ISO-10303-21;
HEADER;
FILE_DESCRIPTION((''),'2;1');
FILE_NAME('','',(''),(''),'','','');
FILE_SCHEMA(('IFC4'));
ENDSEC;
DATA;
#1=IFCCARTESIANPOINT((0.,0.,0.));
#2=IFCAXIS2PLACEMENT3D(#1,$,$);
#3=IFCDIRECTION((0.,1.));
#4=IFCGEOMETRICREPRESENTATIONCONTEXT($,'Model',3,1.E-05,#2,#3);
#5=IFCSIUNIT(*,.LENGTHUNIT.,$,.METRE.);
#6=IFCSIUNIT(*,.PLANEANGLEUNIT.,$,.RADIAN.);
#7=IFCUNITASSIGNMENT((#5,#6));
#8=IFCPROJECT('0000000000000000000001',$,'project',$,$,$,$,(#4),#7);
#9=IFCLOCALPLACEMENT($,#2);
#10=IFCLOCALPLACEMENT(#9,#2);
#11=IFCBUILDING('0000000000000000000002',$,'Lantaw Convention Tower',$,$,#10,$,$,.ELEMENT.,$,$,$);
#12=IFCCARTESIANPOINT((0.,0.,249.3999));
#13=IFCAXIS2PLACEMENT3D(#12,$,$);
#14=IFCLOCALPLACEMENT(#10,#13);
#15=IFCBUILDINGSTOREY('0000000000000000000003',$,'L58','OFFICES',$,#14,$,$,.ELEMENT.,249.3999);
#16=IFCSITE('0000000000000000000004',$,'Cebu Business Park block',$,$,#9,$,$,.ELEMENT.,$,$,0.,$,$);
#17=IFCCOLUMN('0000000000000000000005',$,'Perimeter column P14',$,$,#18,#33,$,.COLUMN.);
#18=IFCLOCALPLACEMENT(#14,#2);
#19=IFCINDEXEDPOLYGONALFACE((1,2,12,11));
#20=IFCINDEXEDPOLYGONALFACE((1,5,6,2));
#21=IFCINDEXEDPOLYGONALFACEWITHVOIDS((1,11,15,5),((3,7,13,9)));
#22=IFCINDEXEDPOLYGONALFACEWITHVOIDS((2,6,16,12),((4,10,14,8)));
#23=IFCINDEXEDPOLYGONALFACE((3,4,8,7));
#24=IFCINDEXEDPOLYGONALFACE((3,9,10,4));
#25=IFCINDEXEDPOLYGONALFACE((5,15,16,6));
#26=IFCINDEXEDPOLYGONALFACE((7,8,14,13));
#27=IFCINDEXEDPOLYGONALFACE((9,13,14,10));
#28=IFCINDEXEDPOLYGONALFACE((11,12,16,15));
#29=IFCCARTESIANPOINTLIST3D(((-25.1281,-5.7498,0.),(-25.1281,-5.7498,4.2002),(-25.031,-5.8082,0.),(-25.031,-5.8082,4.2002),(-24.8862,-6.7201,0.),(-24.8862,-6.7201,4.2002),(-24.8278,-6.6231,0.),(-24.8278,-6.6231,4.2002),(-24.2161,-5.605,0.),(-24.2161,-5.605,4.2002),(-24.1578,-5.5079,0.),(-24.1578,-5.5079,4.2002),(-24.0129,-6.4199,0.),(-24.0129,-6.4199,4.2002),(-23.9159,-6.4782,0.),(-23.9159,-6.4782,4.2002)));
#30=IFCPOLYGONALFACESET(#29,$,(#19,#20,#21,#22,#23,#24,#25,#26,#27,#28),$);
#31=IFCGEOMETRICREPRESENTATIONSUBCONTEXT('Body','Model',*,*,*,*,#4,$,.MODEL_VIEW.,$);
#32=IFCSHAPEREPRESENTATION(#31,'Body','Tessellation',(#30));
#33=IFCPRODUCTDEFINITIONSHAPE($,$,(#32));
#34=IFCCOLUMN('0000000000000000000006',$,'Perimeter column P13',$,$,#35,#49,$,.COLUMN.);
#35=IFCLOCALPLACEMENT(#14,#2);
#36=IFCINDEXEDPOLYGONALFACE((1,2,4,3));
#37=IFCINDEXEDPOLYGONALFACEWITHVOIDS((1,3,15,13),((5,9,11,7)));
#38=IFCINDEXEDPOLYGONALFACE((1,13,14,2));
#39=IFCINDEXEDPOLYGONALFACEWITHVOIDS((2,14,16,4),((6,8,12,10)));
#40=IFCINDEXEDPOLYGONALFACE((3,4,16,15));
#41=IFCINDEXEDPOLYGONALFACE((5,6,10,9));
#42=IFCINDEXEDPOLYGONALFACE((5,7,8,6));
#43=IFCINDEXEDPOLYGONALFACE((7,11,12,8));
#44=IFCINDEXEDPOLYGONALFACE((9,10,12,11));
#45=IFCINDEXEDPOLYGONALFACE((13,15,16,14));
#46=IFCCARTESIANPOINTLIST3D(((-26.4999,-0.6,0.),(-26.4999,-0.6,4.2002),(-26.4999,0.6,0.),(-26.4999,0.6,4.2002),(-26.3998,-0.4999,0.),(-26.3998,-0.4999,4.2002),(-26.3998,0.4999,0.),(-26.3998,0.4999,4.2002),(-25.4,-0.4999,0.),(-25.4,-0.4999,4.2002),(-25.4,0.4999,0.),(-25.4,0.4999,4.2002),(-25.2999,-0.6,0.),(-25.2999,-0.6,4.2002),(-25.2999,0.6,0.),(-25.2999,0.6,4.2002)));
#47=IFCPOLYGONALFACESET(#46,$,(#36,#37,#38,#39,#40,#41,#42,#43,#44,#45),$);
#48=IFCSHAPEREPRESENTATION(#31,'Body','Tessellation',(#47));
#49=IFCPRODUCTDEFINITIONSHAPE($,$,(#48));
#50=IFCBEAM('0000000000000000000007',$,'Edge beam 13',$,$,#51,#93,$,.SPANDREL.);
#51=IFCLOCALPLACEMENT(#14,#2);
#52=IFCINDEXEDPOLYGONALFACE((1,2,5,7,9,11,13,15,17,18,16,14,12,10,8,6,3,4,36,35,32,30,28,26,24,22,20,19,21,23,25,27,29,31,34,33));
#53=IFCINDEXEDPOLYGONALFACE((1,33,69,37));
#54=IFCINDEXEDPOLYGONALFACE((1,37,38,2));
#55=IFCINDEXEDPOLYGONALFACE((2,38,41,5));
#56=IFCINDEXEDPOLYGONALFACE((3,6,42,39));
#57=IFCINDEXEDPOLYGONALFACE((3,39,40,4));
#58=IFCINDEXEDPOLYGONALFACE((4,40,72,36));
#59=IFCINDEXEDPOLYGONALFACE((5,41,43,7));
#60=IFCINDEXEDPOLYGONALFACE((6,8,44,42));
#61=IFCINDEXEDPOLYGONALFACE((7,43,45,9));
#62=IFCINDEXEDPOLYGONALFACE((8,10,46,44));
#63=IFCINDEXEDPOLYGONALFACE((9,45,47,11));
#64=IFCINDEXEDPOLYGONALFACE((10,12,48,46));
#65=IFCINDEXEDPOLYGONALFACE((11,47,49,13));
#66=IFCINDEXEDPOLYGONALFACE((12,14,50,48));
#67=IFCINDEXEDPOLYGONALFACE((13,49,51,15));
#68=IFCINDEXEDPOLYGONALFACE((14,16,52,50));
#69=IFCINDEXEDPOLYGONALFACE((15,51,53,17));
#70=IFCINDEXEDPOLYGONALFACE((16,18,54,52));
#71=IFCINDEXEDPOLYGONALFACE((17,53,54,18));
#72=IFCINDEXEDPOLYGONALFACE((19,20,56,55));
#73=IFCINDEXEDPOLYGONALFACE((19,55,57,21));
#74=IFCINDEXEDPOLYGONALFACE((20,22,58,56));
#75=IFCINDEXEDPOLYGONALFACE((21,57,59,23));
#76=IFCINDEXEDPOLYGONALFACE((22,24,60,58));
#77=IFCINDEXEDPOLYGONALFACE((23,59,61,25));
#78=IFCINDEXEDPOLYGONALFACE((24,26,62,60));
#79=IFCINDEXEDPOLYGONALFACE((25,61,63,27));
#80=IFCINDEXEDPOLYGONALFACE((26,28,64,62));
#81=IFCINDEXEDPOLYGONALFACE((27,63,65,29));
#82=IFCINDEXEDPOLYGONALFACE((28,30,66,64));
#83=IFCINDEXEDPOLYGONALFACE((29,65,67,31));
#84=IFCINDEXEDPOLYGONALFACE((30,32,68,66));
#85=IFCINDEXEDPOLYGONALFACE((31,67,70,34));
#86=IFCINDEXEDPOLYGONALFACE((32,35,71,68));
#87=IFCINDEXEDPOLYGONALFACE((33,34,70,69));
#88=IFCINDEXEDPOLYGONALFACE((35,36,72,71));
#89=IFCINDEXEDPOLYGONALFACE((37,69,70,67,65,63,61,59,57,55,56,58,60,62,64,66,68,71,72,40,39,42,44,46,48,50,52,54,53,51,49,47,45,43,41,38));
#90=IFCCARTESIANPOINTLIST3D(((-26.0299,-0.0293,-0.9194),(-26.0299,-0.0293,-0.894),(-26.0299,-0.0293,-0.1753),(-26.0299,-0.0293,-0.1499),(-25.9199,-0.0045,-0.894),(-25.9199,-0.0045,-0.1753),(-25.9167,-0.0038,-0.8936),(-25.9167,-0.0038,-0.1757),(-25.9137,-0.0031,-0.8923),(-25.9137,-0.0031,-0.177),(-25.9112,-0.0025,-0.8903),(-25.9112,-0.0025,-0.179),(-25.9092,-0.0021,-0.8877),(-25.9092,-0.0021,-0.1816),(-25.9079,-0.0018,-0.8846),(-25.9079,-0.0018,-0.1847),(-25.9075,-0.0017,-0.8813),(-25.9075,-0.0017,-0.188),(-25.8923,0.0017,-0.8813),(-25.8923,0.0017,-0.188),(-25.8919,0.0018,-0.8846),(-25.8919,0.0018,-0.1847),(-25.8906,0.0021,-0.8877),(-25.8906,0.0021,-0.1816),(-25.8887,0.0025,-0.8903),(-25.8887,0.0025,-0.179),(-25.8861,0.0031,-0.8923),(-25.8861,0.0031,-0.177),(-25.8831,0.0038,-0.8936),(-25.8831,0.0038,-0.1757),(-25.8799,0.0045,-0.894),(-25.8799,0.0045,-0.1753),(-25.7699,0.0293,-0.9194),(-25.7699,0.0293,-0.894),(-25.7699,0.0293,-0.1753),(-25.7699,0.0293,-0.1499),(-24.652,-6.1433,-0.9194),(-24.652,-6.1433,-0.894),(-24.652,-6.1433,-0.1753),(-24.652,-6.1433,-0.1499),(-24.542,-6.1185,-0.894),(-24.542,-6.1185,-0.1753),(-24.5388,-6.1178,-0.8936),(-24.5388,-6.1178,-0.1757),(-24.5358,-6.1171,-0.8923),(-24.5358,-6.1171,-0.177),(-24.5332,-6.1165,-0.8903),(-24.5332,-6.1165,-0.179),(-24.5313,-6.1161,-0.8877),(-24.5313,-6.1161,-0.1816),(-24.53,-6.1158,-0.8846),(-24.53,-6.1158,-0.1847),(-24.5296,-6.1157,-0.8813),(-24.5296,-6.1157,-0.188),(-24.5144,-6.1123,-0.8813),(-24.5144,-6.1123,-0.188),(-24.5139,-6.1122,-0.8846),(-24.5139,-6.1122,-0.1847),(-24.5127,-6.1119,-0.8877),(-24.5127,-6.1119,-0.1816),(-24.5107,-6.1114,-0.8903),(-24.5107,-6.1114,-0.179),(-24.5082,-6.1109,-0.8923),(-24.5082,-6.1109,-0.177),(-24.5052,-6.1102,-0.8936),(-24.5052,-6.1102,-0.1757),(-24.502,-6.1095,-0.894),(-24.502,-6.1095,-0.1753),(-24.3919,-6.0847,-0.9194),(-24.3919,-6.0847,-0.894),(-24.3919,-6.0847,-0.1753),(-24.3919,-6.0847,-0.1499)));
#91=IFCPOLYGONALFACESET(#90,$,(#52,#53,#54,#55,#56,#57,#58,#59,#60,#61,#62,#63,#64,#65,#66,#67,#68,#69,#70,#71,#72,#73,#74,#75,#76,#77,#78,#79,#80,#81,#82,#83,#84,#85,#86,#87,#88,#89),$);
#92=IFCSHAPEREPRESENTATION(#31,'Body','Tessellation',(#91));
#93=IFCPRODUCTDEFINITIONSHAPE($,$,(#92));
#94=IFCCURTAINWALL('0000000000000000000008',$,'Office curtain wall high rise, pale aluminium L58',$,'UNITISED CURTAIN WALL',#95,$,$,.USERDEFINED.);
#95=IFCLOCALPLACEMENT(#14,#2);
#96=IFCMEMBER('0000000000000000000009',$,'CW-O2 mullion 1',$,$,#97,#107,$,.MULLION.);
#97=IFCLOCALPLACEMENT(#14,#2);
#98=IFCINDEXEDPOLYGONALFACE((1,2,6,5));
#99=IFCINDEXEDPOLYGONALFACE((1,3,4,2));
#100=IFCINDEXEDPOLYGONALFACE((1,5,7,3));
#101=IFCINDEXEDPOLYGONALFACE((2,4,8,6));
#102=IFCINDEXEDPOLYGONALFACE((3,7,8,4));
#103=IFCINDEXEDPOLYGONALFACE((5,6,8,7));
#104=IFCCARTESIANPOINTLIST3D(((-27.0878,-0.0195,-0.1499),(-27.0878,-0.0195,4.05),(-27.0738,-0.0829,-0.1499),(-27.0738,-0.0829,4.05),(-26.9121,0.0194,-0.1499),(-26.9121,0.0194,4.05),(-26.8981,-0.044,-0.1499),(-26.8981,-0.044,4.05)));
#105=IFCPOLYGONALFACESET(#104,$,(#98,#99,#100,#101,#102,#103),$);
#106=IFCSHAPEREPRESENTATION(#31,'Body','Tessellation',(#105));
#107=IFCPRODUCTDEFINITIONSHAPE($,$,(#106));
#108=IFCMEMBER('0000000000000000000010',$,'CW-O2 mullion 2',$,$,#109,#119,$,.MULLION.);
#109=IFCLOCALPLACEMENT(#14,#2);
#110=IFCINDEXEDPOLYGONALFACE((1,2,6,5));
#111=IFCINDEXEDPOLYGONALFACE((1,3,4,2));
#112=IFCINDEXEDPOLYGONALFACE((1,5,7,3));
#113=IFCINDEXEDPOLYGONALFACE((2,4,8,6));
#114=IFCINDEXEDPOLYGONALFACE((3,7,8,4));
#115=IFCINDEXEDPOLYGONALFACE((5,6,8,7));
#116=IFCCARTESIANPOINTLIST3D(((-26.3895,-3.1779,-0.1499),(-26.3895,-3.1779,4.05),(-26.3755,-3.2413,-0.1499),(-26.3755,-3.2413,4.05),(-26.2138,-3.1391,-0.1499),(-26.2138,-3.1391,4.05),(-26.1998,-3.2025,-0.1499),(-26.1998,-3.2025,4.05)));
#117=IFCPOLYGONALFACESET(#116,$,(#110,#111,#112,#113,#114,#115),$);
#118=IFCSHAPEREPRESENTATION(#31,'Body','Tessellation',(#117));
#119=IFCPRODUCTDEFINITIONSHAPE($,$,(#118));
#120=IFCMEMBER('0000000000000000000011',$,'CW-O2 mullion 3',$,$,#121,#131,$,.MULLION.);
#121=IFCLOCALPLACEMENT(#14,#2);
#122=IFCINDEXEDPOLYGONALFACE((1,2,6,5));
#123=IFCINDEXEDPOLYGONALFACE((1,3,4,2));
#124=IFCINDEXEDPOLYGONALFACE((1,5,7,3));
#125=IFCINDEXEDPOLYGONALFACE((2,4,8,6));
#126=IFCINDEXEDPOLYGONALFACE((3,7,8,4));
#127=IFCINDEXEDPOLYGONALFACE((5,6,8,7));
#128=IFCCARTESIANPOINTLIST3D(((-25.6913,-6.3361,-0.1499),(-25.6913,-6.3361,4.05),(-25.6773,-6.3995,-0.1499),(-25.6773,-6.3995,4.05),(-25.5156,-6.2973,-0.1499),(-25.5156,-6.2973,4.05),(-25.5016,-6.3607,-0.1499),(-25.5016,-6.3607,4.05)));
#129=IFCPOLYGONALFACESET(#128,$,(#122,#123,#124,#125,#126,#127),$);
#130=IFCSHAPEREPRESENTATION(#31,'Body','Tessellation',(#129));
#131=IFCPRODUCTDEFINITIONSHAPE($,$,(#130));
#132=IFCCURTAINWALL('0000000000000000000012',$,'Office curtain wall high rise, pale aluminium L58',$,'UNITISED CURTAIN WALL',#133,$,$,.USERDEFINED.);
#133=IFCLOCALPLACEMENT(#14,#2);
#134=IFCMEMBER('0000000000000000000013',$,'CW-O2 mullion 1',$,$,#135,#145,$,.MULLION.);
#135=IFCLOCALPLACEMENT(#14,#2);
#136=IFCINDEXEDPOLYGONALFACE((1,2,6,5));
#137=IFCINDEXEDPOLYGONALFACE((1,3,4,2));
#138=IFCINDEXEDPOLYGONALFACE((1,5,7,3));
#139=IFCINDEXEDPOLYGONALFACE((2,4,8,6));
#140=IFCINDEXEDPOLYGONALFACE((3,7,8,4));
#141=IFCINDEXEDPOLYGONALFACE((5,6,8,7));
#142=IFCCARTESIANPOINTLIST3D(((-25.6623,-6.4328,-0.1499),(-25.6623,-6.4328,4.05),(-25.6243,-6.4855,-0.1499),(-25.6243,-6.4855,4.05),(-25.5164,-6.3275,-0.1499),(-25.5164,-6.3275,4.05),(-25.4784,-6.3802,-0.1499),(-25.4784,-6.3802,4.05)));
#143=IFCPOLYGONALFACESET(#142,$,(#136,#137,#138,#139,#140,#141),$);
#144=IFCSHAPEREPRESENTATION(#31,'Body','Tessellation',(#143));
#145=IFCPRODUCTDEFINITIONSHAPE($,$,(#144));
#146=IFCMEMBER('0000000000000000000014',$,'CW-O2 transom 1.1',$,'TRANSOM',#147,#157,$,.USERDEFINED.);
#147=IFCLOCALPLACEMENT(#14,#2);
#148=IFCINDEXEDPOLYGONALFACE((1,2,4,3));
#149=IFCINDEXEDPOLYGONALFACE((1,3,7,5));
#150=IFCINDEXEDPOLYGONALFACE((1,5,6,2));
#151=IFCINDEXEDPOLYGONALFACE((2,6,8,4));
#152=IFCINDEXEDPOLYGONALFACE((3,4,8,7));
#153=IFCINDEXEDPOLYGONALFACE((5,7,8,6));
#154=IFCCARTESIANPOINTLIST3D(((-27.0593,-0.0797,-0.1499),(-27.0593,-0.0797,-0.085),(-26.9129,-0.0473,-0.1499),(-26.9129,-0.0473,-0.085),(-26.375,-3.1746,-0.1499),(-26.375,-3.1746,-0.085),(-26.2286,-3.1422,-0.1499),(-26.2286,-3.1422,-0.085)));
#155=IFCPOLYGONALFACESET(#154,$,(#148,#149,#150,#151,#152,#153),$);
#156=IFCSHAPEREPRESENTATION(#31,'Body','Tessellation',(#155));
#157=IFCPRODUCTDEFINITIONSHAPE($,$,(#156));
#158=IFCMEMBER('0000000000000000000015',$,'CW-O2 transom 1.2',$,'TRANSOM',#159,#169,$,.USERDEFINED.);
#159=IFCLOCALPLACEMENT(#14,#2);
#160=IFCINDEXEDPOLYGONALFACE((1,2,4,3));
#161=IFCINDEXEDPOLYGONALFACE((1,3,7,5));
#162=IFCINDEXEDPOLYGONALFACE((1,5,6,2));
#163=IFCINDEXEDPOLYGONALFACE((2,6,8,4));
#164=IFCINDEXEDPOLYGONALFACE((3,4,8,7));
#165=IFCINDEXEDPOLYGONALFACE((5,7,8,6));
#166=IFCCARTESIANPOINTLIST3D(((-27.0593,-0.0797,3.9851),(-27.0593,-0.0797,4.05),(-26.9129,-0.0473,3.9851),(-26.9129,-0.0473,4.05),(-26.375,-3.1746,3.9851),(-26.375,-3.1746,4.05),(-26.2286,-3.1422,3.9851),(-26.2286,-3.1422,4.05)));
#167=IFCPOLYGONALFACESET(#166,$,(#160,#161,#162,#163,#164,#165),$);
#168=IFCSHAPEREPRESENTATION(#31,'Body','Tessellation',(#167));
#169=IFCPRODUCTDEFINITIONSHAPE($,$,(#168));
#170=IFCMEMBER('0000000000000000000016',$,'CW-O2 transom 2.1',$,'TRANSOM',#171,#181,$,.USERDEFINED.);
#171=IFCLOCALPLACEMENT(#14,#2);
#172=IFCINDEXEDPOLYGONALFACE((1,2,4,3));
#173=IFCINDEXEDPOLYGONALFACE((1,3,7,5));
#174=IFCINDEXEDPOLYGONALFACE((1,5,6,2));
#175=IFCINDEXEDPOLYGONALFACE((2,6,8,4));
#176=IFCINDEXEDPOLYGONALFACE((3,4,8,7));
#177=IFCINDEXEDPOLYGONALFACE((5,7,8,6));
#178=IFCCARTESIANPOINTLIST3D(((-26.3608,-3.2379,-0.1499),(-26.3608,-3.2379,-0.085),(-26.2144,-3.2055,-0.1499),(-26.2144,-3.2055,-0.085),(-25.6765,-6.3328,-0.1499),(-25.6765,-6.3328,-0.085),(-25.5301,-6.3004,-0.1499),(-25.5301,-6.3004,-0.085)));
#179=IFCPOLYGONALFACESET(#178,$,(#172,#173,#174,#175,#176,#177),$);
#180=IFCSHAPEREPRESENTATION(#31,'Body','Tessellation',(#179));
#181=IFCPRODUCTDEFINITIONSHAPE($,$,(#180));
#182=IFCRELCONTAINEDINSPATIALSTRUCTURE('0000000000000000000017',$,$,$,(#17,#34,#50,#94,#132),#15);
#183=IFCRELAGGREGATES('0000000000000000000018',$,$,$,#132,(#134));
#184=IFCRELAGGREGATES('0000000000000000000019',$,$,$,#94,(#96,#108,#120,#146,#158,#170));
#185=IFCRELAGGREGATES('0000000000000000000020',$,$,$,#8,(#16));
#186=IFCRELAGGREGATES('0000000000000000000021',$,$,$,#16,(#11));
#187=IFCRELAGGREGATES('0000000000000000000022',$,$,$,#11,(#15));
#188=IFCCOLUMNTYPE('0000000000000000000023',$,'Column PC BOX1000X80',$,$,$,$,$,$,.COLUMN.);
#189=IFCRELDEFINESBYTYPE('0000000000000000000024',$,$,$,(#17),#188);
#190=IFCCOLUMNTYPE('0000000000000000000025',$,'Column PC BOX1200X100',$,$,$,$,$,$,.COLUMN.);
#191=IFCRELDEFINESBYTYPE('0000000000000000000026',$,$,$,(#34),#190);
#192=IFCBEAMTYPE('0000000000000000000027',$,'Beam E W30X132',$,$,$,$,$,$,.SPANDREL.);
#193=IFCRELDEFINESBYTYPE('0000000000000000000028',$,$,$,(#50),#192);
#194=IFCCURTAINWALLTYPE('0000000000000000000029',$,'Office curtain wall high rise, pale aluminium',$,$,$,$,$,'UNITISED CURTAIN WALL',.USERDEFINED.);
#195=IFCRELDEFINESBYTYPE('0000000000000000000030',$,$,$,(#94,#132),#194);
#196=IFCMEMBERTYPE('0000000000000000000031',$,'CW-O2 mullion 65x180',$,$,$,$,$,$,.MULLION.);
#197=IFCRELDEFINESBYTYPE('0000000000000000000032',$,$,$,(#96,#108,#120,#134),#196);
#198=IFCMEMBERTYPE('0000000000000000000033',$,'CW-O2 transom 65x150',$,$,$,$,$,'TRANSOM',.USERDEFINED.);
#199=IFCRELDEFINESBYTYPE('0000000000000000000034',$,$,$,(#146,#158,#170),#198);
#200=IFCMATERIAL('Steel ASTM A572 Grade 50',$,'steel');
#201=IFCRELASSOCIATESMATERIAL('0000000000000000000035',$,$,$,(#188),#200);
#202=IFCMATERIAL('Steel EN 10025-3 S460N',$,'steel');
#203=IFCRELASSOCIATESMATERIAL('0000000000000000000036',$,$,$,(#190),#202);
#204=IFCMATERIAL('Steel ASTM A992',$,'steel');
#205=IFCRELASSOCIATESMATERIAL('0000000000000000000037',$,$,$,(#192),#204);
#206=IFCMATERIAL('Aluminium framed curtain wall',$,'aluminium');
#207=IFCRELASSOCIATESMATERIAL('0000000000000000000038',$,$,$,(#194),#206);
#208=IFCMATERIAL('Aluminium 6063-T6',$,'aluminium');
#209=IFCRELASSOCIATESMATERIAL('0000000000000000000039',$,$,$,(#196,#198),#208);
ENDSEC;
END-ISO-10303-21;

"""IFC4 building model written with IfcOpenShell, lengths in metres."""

from ifc_helpers import new_model, si_unit, direction, frame, origin, origin_2d, place, context, subcontext, project, spatial, rectangle, hollow_rectangle, i_section, extrude, material, material_profile, profile_set, type_object, element, aggregate, save


model = new_model("IFC4")

# Units and contexts
model_context = context("Model", 3, precision=1e-05, world=origin(), true_north=direction((0.0, 1.0)))
body_context = subcontext(model_context, "Body", "Model", "MODEL_VIEW")
ifc_project = project(units=[si_unit("LENGTHUNIT", "METRE"), si_unit("PLANEANGLEUNIT", "RADIAN")], contexts=[model_context])

# Site, building, storey
site_placement = place(None, origin())
site = spatial("IfcSite", under=ifc_project, at=site_placement, Name="Cebu Business Park block", CompositionType="ELEMENT", RefElevation=0.0)
building_placement = place(site_placement, origin())
building = spatial("IfcBuilding", under=site, at=building_placement, Name="Lantaw Convention Tower", CompositionType="ELEMENT")
storey_placement = place(building_placement, frame((0.0, 0.0, 249.3999)))
storey = spatial("IfcBuildingStorey", under=building, at=storey_placement, Name="L58", Description="OFFICES", CompositionType="ELEMENT", Elevation=249.3999)

# Columns
ifc_material_1 = material(Name="Steel ASTM A572 Grade 50", Category="steel")
ifc_material_profile_1 = material_profile(ifc_material_1, hollow_rectangle(XDim=1.0, YDim=1.0, WallThickness=0.0801, at=origin_2d()), Name="BOX1000X80")
ifc_material_2 = material(Name="Concrete C60/75", Category="concrete")
ifc_material_profile_2 = material_profile(ifc_material_2, rectangle(XDim=0.8401, YDim=0.8401, at=origin_2d()), Name="Concrete fill of BOX1000X80")
ifc_profile_set_1 = profile_set([ifc_material_profile_1, ifc_material_profile_2], Name="Steel ASTM A572 Grade 50")
column_type_1 = type_object("IfcColumnType", Name="Column PC BOX1000X80", PredefinedType="COLUMN", material=ifc_profile_set_1)
column_1_placement = place(storey_placement, frame((-24.522, -6.114, 0.0), z_axis=(0.0, 0.0, 1.0), x_axis=(0.970296, 0.241922, 0.0)))
element("IfcColumn", 1, at=column_1_placement, inside=storey, type_object=column_type_1, Name="Perimeter column P14", PredefinedType="COLUMN", context=body_context, shape_type="SweptSolid", body=[
    extrude(hollow_rectangle(XDim=1.0, YDim=1.0, WallThickness=0.0801, at=origin_2d()), origin(), (0.0, 0.0, 1.0), 4.2002),
])
ifc_material_3 = material(Name="Steel EN 10025-3 S460N", Category="steel")
ifc_material_profile_3 = material_profile(ifc_material_3, hollow_rectangle(XDim=1.2, YDim=1.2, WallThickness=0.1001, at=origin_2d()), Name="BOX1200X100")
ifc_material_profile_4 = material_profile(ifc_material_2, rectangle(XDim=1.0, YDim=1.0, at=origin_2d()), Name="Concrete fill of BOX1200X100")
ifc_profile_set_2 = profile_set([ifc_material_profile_3, ifc_material_profile_4], Name="Steel EN 10025-3 S460N")
column_type_2 = type_object("IfcColumnType", Name="Column PC BOX1200X100", PredefinedType="COLUMN", material=ifc_profile_set_2)
column_2_placement = place(storey_placement, frame((-25.8999, 0.0, 0.0), z_axis=(0.0, 0.0, 1.0), x_axis=(1.0, 0.0, 0.0)))
element("IfcColumn", 2, at=column_2_placement, inside=storey, type_object=column_type_2, Name="Perimeter column P13", PredefinedType="COLUMN", context=body_context, shape_type="SweptSolid", body=[
    extrude(hollow_rectangle(XDim=1.2, YDim=1.2, WallThickness=0.1001, at=origin_2d()), origin(), (0.0, 0.0, 1.0), 4.2002),
])

# Beam
ifc_material_4 = material(Name="Steel ASTM A992", Category="steel")
ifc_material_profile_5 = material_profile(ifc_material_4, i_section(OverallWidth=0.2666, OverallDepth=0.7695, WebThickness=0.0156, FlangeThickness=0.0254, FilletRadius=0.0127, at=origin_2d()), Name="W30X132")
ifc_profile_set_3 = profile_set([ifc_material_profile_5], Name="Steel ASTM A992")
beam_type = type_object("IfcBeamType", Name="Beam E W30X132", PredefinedType="SPANDREL", material=ifc_profile_set_3)
beam_placement = place(storey_placement, frame((-25.8999, 0.0, -0.5347), z_axis=(0.219858, -0.975532, 0.0), x_axis=(0.975532, 0.219858, 0.0)))
element("IfcBeam", 3, at=beam_placement, inside=storey, type_object=beam_type, Name="Edge beam 13", PredefinedType="SPANDREL", context=body_context, shape_type="SweptSolid", body=[
    extrude(i_section(OverallWidth=0.2666, OverallDepth=0.7695, WebThickness=0.0156, FlangeThickness=0.0254, FilletRadius=0.0127, at=origin_2d()), origin(), (0.0, 0.0, 1.0), 6.2673),
])

# Curtain wall, members
ifc_material_5 = material(Name="Aluminium framed curtain wall", Category="aluminium")
curtain_wall_type = type_object("IfcCurtainWallType", Name="Office curtain wall high rise, pale aluminium", ElementType="UNITISED CURTAIN WALL", PredefinedType="USERDEFINED", material=ifc_material_5)
curtain_wall_1_placement = place(storey_placement, origin())
curtain_wall_1 = element("IfcCurtainWall", 4, at=curtain_wall_1_placement, inside=storey, type_object=curtain_wall_type, Name="Office curtain wall high rise, pale aluminium L58", ObjectType="UNITISED CURTAIN WALL", PredefinedType="USERDEFINED")
ifc_material_6 = material(Name="Aluminium 6063-T6", Category="aluminium")
ifc_material_profile_6 = material_profile(ifc_material_6, rectangle(XDim=0.1799, YDim=0.0649, at=origin_2d()), Name="CW-O2 mullion 65x180")
ifc_profile_set_4 = profile_set([ifc_material_profile_6], Name="Aluminium 6063-T6")
member_type_1 = type_object("IfcMemberType", Name="CW-O2 mullion 65x180", PredefinedType="MULLION", material=ifc_profile_set_4)
member_1_placement = place(storey_placement, frame((-26.9929, -0.0317, -0.1499), z_axis=(0.0, 0.0, 1.0), x_axis=(0.976417, 0.215891, 0.0)))
member_1 = element("IfcMember", 5, at=member_1_placement, type_object=member_type_1, Name="CW-O2 mullion 1", PredefinedType="MULLION", context=body_context, shape_type="SweptSolid", body=[
    extrude(rectangle(XDim=0.1799, YDim=0.0649, at=origin_2d()), origin(), (0.0, 0.0, 1.0), 4.2),
])
member_2_placement = place(storey_placement, frame((-26.2947, -3.1902, -0.1499), z_axis=(0.0, 0.0, 1.0), x_axis=(0.976417, 0.215891, 0.0)))
member_2 = element("IfcMember", 6, at=member_2_placement, type_object=member_type_1, Name="CW-O2 mullion 2", PredefinedType="MULLION", context=body_context, shape_type="SweptSolid", body=[
    extrude(rectangle(XDim=0.1799, YDim=0.0649, at=origin_2d()), origin(), (0.0, 0.0, 1.0), 4.2),
])
member_3_placement = place(storey_placement, frame((-25.5964, -6.3484, -0.1499), z_axis=(0.0, 0.0, 1.0), x_axis=(0.976417, 0.215891, 0.0)))
member_3 = element("IfcMember", 7, at=member_3_placement, type_object=member_type_1, Name="CW-O2 mullion 3", PredefinedType="MULLION", context=body_context, shape_type="SweptSolid", body=[
    extrude(rectangle(XDim=0.1799, YDim=0.0649, at=origin_2d()), origin(), (0.0, 0.0, 1.0), 4.2),
])

# Curtain wall, member
curtain_wall_2_placement = place(storey_placement, origin())
curtain_wall_2 = element("IfcCurtainWall", 8, at=curtain_wall_2_placement, inside=storey, type_object=curtain_wall_type, Name="Office curtain wall high rise, pale aluminium L58", ObjectType="UNITISED CURTAIN WALL", PredefinedType="USERDEFINED")
member_4_placement = place(storey_placement, frame((-25.5703, -6.4065, -0.1499), z_axis=(0.0, 0.0, 1.0), x_axis=(0.81092, 0.585158, 0.0)))
member_4 = element("IfcMember", 9, at=member_4_placement, type_object=member_type_1, Name="CW-O2 mullion 1", PredefinedType="MULLION", context=body_context, shape_type="SweptSolid", body=[
    extrude(rectangle(XDim=0.1799, YDim=0.0649, at=origin_2d()), origin(), (0.0, 0.0, 1.0), 4.2),
])

# Members
ifc_material_profile_7 = material_profile(ifc_material_6, rectangle(XDim=0.1499, YDim=0.0649, at=origin_2d()), Name="CW-O2 transom 65x150")
ifc_profile_set_5 = profile_set([ifc_material_profile_7], Name="Aluminium 6063-T6")
member_type_2 = type_object("IfcMemberType", Name="CW-O2 transom 65x150", ElementType="TRANSOM", PredefinedType="USERDEFINED", material=ifc_profile_set_5)
member_5_placement = place(storey_placement, frame((-26.9861, -0.0635, -0.1174), z_axis=(0.215895, -0.976417, 0.0), x_axis=(0.976417, 0.215895, 0.0)))
member_5 = element("IfcMember", 10, at=member_5_placement, type_object=member_type_2, Name="CW-O2 transom 1.1", ObjectType="TRANSOM", PredefinedType="USERDEFINED", context=body_context, shape_type="SweptSolid", body=[
    extrude(rectangle(XDim=0.1499, YDim=0.0649, at=origin_2d()), origin(), (0.0, 0.0, 1.0), 3.1697),
])
member_6_placement = place(storey_placement, frame((-26.9861, -0.0635, 4.0176), z_axis=(0.215895, -0.976417, 0.0), x_axis=(0.976417, 0.215895, 0.0)))
member_6 = element("IfcMember", 11, at=member_6_placement, type_object=member_type_2, Name="CW-O2 transom 1.2", ObjectType="TRANSOM", PredefinedType="USERDEFINED", context=body_context, shape_type="SweptSolid", body=[
    extrude(rectangle(XDim=0.1499, YDim=0.0649, at=origin_2d()), origin(), (0.0, 0.0, 1.0), 3.1697),
])
member_7_placement = place(storey_placement, frame((-26.2876, -3.2217, -0.1174), z_axis=(0.215895, -0.976417, 0.0), x_axis=(0.976417, 0.215895, 0.0)))
member_7 = element("IfcMember", 12, at=member_7_placement, type_object=member_type_2, Name="CW-O2 transom 2.1", ObjectType="TRANSOM", PredefinedType="USERDEFINED", context=body_context, shape_type="SweptSolid", body=[
    extrude(rectangle(XDim=0.1499, YDim=0.0649, at=origin_2d()), origin(), (0.0, 0.0, 1.0), 3.1697),
])
aggregate(curtain_wall_2, [member_4])

aggregate(curtain_wall_1, [member_1, member_2, member_3, member_5, member_6, member_7])

save(model, "model.ifc")
